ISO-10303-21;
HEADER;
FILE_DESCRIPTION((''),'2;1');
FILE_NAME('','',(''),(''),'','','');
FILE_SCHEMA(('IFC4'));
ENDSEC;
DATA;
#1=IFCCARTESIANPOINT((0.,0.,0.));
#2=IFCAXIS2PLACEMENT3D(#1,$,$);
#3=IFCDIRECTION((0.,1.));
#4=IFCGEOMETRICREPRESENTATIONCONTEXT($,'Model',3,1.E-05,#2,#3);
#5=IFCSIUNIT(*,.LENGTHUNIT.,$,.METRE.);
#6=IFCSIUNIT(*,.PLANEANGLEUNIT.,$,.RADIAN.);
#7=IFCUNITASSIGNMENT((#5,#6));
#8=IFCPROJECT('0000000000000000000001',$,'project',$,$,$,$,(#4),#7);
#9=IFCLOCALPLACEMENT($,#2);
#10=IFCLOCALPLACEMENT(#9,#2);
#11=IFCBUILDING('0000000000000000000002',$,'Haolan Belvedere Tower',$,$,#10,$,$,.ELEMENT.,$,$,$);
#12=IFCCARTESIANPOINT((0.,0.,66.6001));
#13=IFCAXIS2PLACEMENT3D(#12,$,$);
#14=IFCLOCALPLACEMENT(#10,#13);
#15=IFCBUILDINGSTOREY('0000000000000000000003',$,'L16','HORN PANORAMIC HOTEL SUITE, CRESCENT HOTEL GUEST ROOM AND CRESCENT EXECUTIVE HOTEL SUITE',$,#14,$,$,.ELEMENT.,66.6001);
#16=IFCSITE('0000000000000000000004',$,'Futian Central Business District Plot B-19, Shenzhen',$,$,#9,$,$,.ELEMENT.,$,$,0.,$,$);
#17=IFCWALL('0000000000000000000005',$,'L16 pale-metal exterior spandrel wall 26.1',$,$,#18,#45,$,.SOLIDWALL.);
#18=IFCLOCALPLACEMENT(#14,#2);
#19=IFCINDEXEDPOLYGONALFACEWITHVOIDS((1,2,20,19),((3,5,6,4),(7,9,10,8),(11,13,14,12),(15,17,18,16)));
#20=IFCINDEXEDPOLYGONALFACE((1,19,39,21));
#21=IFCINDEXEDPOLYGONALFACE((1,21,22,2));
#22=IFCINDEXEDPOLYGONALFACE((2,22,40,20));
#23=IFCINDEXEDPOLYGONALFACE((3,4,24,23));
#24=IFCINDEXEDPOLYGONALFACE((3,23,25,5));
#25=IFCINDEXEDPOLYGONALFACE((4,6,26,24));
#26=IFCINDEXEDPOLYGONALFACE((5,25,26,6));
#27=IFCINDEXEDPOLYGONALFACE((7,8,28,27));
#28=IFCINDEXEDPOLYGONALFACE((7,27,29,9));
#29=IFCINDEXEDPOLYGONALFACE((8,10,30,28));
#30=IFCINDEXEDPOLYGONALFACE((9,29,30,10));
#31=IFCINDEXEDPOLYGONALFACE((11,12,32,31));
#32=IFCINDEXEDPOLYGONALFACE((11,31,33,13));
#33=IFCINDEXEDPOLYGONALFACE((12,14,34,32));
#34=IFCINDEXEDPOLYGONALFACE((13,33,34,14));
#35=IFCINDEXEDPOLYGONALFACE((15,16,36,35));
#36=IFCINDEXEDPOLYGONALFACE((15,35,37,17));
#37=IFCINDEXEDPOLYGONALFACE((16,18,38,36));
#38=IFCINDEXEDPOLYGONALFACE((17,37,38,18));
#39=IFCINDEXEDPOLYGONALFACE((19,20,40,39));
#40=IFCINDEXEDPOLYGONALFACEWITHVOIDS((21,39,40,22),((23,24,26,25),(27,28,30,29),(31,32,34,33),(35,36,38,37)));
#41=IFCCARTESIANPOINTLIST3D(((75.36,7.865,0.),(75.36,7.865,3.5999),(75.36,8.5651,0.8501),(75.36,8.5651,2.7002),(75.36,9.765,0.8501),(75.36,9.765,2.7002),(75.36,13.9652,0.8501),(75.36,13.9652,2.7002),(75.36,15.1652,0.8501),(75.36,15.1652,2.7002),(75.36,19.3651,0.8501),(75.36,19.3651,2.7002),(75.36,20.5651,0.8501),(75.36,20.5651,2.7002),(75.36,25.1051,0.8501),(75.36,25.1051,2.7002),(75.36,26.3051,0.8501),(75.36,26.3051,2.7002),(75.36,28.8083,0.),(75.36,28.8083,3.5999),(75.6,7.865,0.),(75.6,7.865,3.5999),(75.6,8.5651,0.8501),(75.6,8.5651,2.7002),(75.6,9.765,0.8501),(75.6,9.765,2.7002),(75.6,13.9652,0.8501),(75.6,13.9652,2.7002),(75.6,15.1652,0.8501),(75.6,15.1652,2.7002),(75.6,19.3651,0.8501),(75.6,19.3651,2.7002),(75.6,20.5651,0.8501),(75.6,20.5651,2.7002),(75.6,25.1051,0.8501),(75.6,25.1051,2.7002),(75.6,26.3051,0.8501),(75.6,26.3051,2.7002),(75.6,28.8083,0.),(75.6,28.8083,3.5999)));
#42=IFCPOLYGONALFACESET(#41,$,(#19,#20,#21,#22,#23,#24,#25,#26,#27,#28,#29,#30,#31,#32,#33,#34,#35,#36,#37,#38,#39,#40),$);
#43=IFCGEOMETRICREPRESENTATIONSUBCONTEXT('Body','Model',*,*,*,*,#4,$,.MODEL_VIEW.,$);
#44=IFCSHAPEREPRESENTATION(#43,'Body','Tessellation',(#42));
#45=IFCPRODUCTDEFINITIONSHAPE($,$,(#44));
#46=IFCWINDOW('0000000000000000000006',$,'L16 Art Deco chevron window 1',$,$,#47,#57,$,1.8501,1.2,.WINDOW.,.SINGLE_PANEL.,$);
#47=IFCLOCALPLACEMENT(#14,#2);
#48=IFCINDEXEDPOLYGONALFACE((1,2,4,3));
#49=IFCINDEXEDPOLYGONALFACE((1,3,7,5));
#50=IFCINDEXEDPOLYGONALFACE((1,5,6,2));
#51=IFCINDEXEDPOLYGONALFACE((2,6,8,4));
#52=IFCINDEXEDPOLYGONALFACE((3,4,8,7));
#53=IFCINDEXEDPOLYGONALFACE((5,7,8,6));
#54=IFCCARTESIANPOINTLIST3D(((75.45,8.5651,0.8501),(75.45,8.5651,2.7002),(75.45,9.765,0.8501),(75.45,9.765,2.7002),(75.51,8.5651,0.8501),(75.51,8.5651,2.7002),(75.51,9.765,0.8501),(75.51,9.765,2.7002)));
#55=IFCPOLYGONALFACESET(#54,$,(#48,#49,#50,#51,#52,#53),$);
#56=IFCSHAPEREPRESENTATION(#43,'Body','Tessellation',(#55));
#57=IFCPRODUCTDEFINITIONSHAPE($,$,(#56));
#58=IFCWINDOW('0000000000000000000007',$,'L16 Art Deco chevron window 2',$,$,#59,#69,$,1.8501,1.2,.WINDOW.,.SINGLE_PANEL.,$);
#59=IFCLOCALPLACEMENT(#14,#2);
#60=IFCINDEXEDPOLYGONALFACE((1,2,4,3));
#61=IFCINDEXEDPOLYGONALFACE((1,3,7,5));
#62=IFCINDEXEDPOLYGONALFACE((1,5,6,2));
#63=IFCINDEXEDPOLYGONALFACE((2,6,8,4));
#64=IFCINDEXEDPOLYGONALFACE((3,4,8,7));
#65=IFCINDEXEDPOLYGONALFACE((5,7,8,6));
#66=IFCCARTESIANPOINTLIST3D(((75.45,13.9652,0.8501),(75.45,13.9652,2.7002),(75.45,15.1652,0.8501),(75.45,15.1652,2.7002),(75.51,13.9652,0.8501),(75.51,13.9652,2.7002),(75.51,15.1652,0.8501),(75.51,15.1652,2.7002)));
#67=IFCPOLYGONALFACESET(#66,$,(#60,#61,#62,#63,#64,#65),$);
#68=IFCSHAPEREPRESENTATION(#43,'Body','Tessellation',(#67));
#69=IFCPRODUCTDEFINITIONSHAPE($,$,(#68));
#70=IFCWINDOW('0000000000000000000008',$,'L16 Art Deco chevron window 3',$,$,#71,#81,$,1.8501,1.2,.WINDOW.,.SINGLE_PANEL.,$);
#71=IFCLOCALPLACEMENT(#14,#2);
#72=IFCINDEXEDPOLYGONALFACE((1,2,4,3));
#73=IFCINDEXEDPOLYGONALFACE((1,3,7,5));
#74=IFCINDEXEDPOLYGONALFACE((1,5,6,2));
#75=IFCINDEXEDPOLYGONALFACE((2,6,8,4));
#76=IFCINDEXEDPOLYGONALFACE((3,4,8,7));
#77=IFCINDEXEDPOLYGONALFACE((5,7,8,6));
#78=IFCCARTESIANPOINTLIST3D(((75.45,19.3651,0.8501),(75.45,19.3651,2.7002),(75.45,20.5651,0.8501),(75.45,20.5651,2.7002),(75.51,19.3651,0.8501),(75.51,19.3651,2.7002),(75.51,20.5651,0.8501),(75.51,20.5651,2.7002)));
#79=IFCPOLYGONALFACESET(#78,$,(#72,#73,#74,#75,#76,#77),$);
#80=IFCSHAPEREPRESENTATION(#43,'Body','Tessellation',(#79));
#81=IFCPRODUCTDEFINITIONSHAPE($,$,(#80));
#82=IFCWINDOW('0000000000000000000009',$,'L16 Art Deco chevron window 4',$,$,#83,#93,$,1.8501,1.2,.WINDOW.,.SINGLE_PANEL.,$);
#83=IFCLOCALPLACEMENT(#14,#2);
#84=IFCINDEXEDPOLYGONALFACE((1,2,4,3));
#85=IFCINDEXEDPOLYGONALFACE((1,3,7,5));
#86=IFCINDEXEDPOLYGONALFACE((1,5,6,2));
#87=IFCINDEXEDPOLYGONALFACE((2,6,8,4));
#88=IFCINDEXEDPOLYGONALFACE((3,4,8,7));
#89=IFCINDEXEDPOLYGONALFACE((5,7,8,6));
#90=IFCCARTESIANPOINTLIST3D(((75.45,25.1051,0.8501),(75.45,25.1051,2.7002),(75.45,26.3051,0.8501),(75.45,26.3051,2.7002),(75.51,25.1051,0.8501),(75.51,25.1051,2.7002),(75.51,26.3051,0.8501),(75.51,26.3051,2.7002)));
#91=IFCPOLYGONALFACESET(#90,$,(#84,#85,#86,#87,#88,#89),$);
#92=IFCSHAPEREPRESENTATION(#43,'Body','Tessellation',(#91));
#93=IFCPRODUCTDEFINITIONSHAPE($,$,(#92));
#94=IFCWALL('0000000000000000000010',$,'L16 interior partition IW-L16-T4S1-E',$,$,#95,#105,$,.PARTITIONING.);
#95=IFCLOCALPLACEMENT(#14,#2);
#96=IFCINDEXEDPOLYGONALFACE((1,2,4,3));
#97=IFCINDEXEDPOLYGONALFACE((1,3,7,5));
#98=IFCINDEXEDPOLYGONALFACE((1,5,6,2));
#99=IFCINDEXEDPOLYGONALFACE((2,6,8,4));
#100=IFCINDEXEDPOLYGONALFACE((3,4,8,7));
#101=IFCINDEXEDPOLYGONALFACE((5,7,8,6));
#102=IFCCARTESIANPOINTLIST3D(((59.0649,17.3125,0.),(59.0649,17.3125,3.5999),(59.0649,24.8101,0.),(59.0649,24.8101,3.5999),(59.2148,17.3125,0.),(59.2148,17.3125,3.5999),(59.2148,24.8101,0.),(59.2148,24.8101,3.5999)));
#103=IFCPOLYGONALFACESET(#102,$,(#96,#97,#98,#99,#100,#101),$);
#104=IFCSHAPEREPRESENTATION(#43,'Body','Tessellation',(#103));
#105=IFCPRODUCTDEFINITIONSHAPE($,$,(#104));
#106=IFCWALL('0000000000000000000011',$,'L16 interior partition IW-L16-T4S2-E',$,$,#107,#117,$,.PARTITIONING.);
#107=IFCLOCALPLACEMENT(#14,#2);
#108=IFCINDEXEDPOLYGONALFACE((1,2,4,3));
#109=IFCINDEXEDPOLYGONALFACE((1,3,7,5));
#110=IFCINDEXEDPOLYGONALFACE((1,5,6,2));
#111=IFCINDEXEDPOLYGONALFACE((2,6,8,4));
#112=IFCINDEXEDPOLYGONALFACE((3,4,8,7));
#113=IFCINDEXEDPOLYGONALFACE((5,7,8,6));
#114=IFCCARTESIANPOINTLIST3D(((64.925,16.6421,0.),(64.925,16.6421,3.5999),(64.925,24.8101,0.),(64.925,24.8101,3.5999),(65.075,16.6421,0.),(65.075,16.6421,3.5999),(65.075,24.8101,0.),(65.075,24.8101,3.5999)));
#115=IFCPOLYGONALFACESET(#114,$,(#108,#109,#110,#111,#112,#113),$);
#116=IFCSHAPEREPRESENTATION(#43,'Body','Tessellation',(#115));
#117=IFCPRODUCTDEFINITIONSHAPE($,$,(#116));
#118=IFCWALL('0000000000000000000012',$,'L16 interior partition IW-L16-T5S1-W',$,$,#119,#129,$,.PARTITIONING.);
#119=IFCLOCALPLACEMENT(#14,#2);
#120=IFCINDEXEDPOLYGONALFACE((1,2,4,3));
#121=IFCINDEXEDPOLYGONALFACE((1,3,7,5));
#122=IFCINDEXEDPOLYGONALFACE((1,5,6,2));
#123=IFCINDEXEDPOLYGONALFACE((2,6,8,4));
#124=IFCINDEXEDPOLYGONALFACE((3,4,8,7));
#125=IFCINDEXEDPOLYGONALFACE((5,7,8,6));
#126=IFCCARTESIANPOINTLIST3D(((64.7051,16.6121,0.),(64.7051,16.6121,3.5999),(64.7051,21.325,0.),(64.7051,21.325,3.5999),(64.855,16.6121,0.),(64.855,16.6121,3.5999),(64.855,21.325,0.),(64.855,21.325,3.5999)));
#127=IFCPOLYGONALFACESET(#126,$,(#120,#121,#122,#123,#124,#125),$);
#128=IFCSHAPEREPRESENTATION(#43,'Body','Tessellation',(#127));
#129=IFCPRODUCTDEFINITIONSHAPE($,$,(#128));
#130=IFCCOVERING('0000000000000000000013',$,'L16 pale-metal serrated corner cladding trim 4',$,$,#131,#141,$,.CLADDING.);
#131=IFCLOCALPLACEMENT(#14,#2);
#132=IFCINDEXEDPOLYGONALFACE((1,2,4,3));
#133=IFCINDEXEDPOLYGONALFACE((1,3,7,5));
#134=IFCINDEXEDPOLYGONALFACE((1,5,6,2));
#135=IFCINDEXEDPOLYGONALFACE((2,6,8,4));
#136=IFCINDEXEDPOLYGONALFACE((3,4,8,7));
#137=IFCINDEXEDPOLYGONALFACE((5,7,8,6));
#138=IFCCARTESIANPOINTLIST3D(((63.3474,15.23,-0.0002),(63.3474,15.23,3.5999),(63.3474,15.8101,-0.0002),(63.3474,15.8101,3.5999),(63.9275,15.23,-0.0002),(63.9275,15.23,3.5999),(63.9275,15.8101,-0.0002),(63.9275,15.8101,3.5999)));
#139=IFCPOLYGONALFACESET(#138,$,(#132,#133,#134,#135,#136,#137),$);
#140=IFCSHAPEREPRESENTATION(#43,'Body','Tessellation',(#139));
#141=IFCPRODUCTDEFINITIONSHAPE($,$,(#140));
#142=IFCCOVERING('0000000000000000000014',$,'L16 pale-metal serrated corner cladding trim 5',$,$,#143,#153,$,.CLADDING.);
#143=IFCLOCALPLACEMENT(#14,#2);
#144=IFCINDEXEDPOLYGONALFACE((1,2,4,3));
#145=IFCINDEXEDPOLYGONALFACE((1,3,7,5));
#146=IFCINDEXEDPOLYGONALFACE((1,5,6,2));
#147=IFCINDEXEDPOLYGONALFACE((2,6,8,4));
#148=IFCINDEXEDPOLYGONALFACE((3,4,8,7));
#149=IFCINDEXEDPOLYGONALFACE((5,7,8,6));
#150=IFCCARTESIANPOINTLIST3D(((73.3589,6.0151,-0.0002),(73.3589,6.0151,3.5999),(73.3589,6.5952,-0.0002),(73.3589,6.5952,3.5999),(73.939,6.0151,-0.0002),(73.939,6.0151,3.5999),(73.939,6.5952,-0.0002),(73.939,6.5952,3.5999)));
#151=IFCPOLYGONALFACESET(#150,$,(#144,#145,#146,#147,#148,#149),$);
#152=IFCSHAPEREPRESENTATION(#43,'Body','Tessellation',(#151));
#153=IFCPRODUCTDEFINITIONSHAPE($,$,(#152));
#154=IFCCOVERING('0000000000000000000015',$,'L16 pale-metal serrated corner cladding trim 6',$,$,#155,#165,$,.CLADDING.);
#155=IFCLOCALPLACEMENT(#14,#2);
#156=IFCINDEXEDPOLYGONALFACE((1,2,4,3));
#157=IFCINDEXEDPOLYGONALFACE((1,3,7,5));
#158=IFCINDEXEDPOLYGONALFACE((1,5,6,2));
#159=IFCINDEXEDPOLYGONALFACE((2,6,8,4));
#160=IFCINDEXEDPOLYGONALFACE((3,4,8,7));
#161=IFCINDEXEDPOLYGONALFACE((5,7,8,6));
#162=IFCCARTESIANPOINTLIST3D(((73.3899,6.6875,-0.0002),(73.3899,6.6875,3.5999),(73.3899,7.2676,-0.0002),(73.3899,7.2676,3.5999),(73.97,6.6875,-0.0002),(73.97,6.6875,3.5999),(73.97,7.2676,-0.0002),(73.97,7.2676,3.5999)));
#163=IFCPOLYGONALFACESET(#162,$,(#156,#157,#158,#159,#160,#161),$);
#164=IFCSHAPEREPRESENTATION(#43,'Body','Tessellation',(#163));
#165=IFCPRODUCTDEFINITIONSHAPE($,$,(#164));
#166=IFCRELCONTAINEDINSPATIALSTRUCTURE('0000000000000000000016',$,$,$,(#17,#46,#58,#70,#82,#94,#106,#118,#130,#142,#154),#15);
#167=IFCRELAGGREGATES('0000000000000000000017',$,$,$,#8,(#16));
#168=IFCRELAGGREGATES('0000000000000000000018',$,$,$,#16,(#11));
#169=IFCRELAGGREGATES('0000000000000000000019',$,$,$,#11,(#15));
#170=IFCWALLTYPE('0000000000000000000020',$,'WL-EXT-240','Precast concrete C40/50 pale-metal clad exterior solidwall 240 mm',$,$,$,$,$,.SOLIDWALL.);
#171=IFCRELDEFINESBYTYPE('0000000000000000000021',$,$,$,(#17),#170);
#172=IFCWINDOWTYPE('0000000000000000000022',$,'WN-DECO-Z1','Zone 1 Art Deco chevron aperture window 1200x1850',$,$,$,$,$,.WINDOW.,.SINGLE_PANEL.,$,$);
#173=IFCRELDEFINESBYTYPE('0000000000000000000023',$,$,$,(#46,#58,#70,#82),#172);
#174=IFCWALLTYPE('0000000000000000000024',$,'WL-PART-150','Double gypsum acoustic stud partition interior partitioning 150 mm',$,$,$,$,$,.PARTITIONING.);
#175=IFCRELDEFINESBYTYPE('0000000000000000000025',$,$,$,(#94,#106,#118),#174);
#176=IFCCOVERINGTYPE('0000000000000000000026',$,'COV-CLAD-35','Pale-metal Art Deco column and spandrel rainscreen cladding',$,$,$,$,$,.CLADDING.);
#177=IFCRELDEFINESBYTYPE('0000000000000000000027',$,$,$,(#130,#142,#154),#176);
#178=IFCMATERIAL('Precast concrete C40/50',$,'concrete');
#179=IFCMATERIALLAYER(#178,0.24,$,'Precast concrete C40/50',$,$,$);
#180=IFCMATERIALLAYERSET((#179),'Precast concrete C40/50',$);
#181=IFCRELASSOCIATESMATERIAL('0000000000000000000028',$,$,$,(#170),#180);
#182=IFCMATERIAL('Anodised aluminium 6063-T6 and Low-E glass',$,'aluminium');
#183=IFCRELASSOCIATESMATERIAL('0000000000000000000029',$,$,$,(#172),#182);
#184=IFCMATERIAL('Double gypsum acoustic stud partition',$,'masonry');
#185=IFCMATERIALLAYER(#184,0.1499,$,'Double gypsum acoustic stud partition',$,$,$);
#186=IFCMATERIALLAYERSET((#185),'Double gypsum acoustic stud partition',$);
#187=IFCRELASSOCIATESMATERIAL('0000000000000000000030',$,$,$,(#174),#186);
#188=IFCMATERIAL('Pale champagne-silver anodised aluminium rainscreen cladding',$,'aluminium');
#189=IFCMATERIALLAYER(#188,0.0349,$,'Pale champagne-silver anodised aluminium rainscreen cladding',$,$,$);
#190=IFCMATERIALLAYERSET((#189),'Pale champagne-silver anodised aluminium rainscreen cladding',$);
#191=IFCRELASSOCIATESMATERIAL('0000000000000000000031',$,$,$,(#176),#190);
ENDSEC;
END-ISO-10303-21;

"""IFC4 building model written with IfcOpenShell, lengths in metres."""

from ifc_helpers import new_model, si_unit, direction, frame, frame_2d, origin, origin_2d, place, context, subcontext, project, spatial, rectangle, extrude, material, layer, layer_set, type_object, element, fill, save


model = new_model("IFC4")

# Units and contexts
model_context = context("Model", 3, precision=1e-05, world=origin(), true_north=direction((0.0, 1.0)))
body_context = subcontext(model_context, "Body", "Model", "MODEL_VIEW")
ifc_project = project(units=[si_unit("LENGTHUNIT", "METRE"), si_unit("PLANEANGLEUNIT", "RADIAN")], contexts=[model_context])

# Site, building, storey
site_placement = place(None, origin())
site = spatial("IfcSite", under=ifc_project, at=site_placement, Name="Futian Central Business District Plot B-19, Shenzhen", CompositionType="ELEMENT", RefElevation=0.0)
building_placement = place(site_placement, origin())
building = spatial("IfcBuilding", under=site, at=building_placement, Name="Haolan Belvedere Tower", CompositionType="ELEMENT")
storey_placement = place(building_placement, frame((0.0, 0.0, 66.6001)))
storey = spatial("IfcBuildingStorey", under=building, at=storey_placement, Name="L16", Description="HORN PANORAMIC HOTEL SUITE, CRESCENT HOTEL GUEST ROOM AND CRESCENT EXECUTIVE HOTEL SUITE", CompositionType="ELEMENT", Elevation=66.6001)

# Shared definitions
ifc_material_1 = material(Name="Precast concrete C40/50", Category="concrete")
ifc_layer_1 = layer(ifc_material_1, 0.24, Name="Precast concrete C40/50")
ifc_layer_set_1 = layer_set([ifc_layer_1], Name="Precast concrete C40/50")
wall_type_1 = type_object("IfcWallType", Name="WL-EXT-240", Description="Precast concrete C40/50 pale-metal clad exterior solidwall 240 mm", PredefinedType="SOLIDWALL", material=ifc_layer_set_1)

# Shared definitions
ifc_material_2 = material(Name="Anodised aluminium 6063-T6 and Low-E glass", Category="aluminium")
window_type = type_object("IfcWindowType", Name="WN-DECO-Z1", Description="Zone 1 Art Deco chevron aperture window 1200x1850", PartitioningType="SINGLE_PANEL", PredefinedType="WINDOW", material=ifc_material_2)

# Wall, openings, windows
wall_1_placement = place(storey_placement, frame((75.48, 7.865, 0.0), z_axis=(0.0, 0.0, 1.0), x_axis=(0.0, 1.0, 0.0)))
wall_1 = element("IfcWall", 1, at=wall_1_placement, inside=storey, type_object=wall_type_1, Name="L16 pale-metal exterior spandrel wall 26.1", PredefinedType="SOLIDWALL", context=body_context, shape_type="SweptSolid", body=[
    extrude(rectangle(XDim=20.9434, YDim=0.24, at=frame_2d((10.4717, 0.0))), origin(), (0.0, 0.0, 1.0), 3.5999),
])
opening_1_placement = place(wall_1_placement, frame((0.7, 0.0, 0.8501)))
opening_1 = element("IfcOpeningElement", 2, at=opening_1_placement, cuts=wall_1, PredefinedType="OPENING", context=body_context, shape_type="SweptSolid", body=[
    extrude(rectangle(XDim=1.2, YDim=1.8501, at=frame_2d((0.6001, 0.925))), frame((0.0, 0.1299, 0.0), z_axis=(0.0, -1.0, 0.0), x_axis=(1.0, 0.0, 0.0)), (0.0, 0.0, 1.0), 0.26),
])
opening_2_placement = place(wall_1_placement, frame((6.1001, 0.0, 0.8501)))
opening_2 = element("IfcOpeningElement", 3, at=opening_2_placement, cuts=wall_1, PredefinedType="OPENING", context=body_context, shape_type="SweptSolid", body=[
    extrude(rectangle(XDim=1.2, YDim=1.8501, at=frame_2d((0.6001, 0.925))), frame((0.0, 0.1299, 0.0), z_axis=(0.0, -1.0, 0.0), x_axis=(1.0, 0.0, 0.0)), (0.0, 0.0, 1.0), 0.26),
])
opening_3_placement = place(wall_1_placement, frame((11.5, 0.0, 0.8501)))
opening_3 = element("IfcOpeningElement", 4, at=opening_3_placement, cuts=wall_1, PredefinedType="OPENING", context=body_context, shape_type="SweptSolid", body=[
    extrude(rectangle(XDim=1.2, YDim=1.8501, at=frame_2d((0.6001, 0.925))), frame((0.0, 0.1299, 0.0), z_axis=(0.0, -1.0, 0.0), x_axis=(1.0, 0.0, 0.0)), (0.0, 0.0, 1.0), 0.26),
])
opening_4_placement = place(wall_1_placement, frame((17.24, 0.0, 0.8501)))
opening_4 = element("IfcOpeningElement", 5, at=opening_4_placement, cuts=wall_1, PredefinedType="OPENING", context=body_context, shape_type="SweptSolid", body=[
    extrude(rectangle(XDim=1.2, YDim=1.8501, at=frame_2d((0.6001, 0.925))), frame((0.0, 0.1299, 0.0), z_axis=(0.0, -1.0, 0.0), x_axis=(1.0, 0.0, 0.0)), (0.0, 0.0, 1.0), 0.26),
])
window_1_placement = place(opening_1_placement, origin())
window_1 = element("IfcWindow", 6, at=window_1_placement, inside=storey, type_object=window_type, Name="L16 Art Deco chevron window 1", OverallHeight=1.8501, OverallWidth=1.2, PartitioningType="SINGLE_PANEL", PredefinedType="WINDOW", context=body_context, shape_type="SweptSolid", body=[
    extrude(rectangle(XDim=1.2, YDim=1.8501, at=frame_2d((0.6001, 0.925))), frame((0.0, 0.03, 0.0), z_axis=(0.0, -1.0, 0.0), x_axis=(1.0, 0.0, 0.0)), (0.0, 0.0, 1.0), 0.0601),
])
fill(opening_1, window_1)
window_2_placement = place(opening_2_placement, origin())
window_2 = element("IfcWindow", 7, at=window_2_placement, inside=storey, type_object=window_type, Name="L16 Art Deco chevron window 2", OverallHeight=1.8501, OverallWidth=1.2, PartitioningType="SINGLE_PANEL", PredefinedType="WINDOW", context=body_context, shape_type="SweptSolid", body=[
    extrude(rectangle(XDim=1.2, YDim=1.8501, at=frame_2d((0.6001, 0.925))), frame((0.0, 0.03, 0.0), z_axis=(0.0, -1.0, 0.0), x_axis=(1.0, 0.0, 0.0)), (0.0, 0.0, 1.0), 0.0601),
])
fill(opening_2, window_2)
window_3_placement = place(opening_3_placement, origin())
window_3 = element("IfcWindow", 8, at=window_3_placement, inside=storey, type_object=window_type, Name="L16 Art Deco chevron window 3", OverallHeight=1.8501, OverallWidth=1.2, PartitioningType="SINGLE_PANEL", PredefinedType="WINDOW", context=body_context, shape_type="SweptSolid", body=[
    extrude(rectangle(XDim=1.2, YDim=1.8501, at=frame_2d((0.6001, 0.925))), frame((0.0, 0.03, 0.0), z_axis=(0.0, -1.0, 0.0), x_axis=(1.0, 0.0, 0.0)), (0.0, 0.0, 1.0), 0.0601),
])
fill(opening_3, window_3)
window_4_placement = place(opening_4_placement, origin())
window_4 = element("IfcWindow", 9, at=window_4_placement, inside=storey, type_object=window_type, Name="L16 Art Deco chevron window 4", OverallHeight=1.8501, OverallWidth=1.2, PartitioningType="SINGLE_PANEL", PredefinedType="WINDOW", context=body_context, shape_type="SweptSolid", body=[
    extrude(rectangle(XDim=1.2, YDim=1.8501, at=frame_2d((0.6001, 0.925))), frame((0.0, 0.03, 0.0), z_axis=(0.0, -1.0, 0.0), x_axis=(1.0, 0.0, 0.0)), (0.0, 0.0, 1.0), 0.0601),
])
fill(opening_4, window_4)

# Walls
ifc_material_3 = material(Name="Double gypsum acoustic stud partition", Category="masonry")
ifc_layer_2 = layer(ifc_material_3, 0.1499, Name="Double gypsum acoustic stud partition")
ifc_layer_set_2 = layer_set([ifc_layer_2], Name="Double gypsum acoustic stud partition")
wall_type_2 = type_object("IfcWallType", Name="WL-PART-150", Description="Double gypsum acoustic stud partition interior partitioning 150 mm", PredefinedType="PARTITIONING", material=ifc_layer_set_2)
wall_2_placement = place(storey_placement, frame((59.1399, 17.3125, 0.0), z_axis=(0.0, 0.0, 1.0), x_axis=(0.0, 1.0, 0.0)))
element("IfcWall", 10, at=wall_2_placement, inside=storey, type_object=wall_type_2, Name="L16 interior partition IW-L16-T4S1-E", PredefinedType="PARTITIONING", context=body_context, shape_type="SweptSolid", body=[
    extrude(rectangle(XDim=7.4976, YDim=0.1499, at=frame_2d((3.7488, 0.0))), origin(), (0.0, 0.0, 1.0), 3.5999),
])
wall_3_placement = place(storey_placement, frame((65.0, 16.6421, 0.0), z_axis=(0.0, 0.0, 1.0), x_axis=(0.0, 1.0, 0.0)))
element("IfcWall", 11, at=wall_3_placement, inside=storey, type_object=wall_type_2, Name="L16 interior partition IW-L16-T4S2-E", PredefinedType="PARTITIONING", context=body_context, shape_type="SweptSolid", body=[
    extrude(rectangle(XDim=8.168, YDim=0.1499, at=frame_2d((4.084, 0.0))), origin(), (0.0, 0.0, 1.0), 3.5999),
])
wall_4_placement = place(storey_placement, frame((64.78, 16.6121, 0.0), z_axis=(0.0, 0.0, 1.0), x_axis=(0.0, 1.0, 0.0)))
element("IfcWall", 12, at=wall_4_placement, inside=storey, type_object=wall_type_2, Name="L16 interior partition IW-L16-T5S1-W", PredefinedType="PARTITIONING", context=body_context, shape_type="SweptSolid", body=[
    extrude(rectangle(XDim=4.7129, YDim=0.1499, at=frame_2d((2.3564, 0.0))), origin(), (0.0, 0.0, 1.0), 3.5999),
])

# Coverings
ifc_material_4 = material(Name="Pale champagne-silver anodised aluminium rainscreen cladding", Category="aluminium")
ifc_layer_3 = layer(ifc_material_4, 0.0349, Name="Pale champagne-silver anodised aluminium rainscreen cladding")
ifc_layer_set_3 = layer_set([ifc_layer_3], Name="Pale champagne-silver anodised aluminium rainscreen cladding")
covering_type = type_object("IfcCoveringType", Name="COV-CLAD-35", Description="Pale-metal Art Deco column and spandrel rainscreen cladding", PredefinedType="CLADDING", material=ifc_layer_set_3)
for number, where, z_axis, x_axis, name in (
    (13, (63.6375, 15.52, -0.0002), (0.0, 0.0, 1.0), (1.0, 0.0, 0.0), "L16 pale-metal serrated corner cladding trim 4"),
    (14, (73.6489, 6.3052, -0.0002), (0.0, 0.0, 1.0), (1.0, 0.0, 0.0), "L16 pale-metal serrated corner cladding trim 5"),
    (15, (73.6799, 6.9775, -0.0002), (0.0, 0.0, 1.0), (1.0, 0.0, 0.0), "L16 pale-metal serrated corner cladding trim 6"),
):
    element("IfcCovering", number, at=place(storey_placement, frame(where, z_axis=z_axis, x_axis=x_axis)), inside=storey, type_object=covering_type, Name=name, PredefinedType="CLADDING", context=body_context, shape_type="SweptSolid", body=[
        extrude(rectangle(XDim=0.5801, YDim=0.5801, at=origin_2d()), origin(), (0.0, 0.0, 1.0), 3.6001),
    ])

save(model, "model.ifc")
